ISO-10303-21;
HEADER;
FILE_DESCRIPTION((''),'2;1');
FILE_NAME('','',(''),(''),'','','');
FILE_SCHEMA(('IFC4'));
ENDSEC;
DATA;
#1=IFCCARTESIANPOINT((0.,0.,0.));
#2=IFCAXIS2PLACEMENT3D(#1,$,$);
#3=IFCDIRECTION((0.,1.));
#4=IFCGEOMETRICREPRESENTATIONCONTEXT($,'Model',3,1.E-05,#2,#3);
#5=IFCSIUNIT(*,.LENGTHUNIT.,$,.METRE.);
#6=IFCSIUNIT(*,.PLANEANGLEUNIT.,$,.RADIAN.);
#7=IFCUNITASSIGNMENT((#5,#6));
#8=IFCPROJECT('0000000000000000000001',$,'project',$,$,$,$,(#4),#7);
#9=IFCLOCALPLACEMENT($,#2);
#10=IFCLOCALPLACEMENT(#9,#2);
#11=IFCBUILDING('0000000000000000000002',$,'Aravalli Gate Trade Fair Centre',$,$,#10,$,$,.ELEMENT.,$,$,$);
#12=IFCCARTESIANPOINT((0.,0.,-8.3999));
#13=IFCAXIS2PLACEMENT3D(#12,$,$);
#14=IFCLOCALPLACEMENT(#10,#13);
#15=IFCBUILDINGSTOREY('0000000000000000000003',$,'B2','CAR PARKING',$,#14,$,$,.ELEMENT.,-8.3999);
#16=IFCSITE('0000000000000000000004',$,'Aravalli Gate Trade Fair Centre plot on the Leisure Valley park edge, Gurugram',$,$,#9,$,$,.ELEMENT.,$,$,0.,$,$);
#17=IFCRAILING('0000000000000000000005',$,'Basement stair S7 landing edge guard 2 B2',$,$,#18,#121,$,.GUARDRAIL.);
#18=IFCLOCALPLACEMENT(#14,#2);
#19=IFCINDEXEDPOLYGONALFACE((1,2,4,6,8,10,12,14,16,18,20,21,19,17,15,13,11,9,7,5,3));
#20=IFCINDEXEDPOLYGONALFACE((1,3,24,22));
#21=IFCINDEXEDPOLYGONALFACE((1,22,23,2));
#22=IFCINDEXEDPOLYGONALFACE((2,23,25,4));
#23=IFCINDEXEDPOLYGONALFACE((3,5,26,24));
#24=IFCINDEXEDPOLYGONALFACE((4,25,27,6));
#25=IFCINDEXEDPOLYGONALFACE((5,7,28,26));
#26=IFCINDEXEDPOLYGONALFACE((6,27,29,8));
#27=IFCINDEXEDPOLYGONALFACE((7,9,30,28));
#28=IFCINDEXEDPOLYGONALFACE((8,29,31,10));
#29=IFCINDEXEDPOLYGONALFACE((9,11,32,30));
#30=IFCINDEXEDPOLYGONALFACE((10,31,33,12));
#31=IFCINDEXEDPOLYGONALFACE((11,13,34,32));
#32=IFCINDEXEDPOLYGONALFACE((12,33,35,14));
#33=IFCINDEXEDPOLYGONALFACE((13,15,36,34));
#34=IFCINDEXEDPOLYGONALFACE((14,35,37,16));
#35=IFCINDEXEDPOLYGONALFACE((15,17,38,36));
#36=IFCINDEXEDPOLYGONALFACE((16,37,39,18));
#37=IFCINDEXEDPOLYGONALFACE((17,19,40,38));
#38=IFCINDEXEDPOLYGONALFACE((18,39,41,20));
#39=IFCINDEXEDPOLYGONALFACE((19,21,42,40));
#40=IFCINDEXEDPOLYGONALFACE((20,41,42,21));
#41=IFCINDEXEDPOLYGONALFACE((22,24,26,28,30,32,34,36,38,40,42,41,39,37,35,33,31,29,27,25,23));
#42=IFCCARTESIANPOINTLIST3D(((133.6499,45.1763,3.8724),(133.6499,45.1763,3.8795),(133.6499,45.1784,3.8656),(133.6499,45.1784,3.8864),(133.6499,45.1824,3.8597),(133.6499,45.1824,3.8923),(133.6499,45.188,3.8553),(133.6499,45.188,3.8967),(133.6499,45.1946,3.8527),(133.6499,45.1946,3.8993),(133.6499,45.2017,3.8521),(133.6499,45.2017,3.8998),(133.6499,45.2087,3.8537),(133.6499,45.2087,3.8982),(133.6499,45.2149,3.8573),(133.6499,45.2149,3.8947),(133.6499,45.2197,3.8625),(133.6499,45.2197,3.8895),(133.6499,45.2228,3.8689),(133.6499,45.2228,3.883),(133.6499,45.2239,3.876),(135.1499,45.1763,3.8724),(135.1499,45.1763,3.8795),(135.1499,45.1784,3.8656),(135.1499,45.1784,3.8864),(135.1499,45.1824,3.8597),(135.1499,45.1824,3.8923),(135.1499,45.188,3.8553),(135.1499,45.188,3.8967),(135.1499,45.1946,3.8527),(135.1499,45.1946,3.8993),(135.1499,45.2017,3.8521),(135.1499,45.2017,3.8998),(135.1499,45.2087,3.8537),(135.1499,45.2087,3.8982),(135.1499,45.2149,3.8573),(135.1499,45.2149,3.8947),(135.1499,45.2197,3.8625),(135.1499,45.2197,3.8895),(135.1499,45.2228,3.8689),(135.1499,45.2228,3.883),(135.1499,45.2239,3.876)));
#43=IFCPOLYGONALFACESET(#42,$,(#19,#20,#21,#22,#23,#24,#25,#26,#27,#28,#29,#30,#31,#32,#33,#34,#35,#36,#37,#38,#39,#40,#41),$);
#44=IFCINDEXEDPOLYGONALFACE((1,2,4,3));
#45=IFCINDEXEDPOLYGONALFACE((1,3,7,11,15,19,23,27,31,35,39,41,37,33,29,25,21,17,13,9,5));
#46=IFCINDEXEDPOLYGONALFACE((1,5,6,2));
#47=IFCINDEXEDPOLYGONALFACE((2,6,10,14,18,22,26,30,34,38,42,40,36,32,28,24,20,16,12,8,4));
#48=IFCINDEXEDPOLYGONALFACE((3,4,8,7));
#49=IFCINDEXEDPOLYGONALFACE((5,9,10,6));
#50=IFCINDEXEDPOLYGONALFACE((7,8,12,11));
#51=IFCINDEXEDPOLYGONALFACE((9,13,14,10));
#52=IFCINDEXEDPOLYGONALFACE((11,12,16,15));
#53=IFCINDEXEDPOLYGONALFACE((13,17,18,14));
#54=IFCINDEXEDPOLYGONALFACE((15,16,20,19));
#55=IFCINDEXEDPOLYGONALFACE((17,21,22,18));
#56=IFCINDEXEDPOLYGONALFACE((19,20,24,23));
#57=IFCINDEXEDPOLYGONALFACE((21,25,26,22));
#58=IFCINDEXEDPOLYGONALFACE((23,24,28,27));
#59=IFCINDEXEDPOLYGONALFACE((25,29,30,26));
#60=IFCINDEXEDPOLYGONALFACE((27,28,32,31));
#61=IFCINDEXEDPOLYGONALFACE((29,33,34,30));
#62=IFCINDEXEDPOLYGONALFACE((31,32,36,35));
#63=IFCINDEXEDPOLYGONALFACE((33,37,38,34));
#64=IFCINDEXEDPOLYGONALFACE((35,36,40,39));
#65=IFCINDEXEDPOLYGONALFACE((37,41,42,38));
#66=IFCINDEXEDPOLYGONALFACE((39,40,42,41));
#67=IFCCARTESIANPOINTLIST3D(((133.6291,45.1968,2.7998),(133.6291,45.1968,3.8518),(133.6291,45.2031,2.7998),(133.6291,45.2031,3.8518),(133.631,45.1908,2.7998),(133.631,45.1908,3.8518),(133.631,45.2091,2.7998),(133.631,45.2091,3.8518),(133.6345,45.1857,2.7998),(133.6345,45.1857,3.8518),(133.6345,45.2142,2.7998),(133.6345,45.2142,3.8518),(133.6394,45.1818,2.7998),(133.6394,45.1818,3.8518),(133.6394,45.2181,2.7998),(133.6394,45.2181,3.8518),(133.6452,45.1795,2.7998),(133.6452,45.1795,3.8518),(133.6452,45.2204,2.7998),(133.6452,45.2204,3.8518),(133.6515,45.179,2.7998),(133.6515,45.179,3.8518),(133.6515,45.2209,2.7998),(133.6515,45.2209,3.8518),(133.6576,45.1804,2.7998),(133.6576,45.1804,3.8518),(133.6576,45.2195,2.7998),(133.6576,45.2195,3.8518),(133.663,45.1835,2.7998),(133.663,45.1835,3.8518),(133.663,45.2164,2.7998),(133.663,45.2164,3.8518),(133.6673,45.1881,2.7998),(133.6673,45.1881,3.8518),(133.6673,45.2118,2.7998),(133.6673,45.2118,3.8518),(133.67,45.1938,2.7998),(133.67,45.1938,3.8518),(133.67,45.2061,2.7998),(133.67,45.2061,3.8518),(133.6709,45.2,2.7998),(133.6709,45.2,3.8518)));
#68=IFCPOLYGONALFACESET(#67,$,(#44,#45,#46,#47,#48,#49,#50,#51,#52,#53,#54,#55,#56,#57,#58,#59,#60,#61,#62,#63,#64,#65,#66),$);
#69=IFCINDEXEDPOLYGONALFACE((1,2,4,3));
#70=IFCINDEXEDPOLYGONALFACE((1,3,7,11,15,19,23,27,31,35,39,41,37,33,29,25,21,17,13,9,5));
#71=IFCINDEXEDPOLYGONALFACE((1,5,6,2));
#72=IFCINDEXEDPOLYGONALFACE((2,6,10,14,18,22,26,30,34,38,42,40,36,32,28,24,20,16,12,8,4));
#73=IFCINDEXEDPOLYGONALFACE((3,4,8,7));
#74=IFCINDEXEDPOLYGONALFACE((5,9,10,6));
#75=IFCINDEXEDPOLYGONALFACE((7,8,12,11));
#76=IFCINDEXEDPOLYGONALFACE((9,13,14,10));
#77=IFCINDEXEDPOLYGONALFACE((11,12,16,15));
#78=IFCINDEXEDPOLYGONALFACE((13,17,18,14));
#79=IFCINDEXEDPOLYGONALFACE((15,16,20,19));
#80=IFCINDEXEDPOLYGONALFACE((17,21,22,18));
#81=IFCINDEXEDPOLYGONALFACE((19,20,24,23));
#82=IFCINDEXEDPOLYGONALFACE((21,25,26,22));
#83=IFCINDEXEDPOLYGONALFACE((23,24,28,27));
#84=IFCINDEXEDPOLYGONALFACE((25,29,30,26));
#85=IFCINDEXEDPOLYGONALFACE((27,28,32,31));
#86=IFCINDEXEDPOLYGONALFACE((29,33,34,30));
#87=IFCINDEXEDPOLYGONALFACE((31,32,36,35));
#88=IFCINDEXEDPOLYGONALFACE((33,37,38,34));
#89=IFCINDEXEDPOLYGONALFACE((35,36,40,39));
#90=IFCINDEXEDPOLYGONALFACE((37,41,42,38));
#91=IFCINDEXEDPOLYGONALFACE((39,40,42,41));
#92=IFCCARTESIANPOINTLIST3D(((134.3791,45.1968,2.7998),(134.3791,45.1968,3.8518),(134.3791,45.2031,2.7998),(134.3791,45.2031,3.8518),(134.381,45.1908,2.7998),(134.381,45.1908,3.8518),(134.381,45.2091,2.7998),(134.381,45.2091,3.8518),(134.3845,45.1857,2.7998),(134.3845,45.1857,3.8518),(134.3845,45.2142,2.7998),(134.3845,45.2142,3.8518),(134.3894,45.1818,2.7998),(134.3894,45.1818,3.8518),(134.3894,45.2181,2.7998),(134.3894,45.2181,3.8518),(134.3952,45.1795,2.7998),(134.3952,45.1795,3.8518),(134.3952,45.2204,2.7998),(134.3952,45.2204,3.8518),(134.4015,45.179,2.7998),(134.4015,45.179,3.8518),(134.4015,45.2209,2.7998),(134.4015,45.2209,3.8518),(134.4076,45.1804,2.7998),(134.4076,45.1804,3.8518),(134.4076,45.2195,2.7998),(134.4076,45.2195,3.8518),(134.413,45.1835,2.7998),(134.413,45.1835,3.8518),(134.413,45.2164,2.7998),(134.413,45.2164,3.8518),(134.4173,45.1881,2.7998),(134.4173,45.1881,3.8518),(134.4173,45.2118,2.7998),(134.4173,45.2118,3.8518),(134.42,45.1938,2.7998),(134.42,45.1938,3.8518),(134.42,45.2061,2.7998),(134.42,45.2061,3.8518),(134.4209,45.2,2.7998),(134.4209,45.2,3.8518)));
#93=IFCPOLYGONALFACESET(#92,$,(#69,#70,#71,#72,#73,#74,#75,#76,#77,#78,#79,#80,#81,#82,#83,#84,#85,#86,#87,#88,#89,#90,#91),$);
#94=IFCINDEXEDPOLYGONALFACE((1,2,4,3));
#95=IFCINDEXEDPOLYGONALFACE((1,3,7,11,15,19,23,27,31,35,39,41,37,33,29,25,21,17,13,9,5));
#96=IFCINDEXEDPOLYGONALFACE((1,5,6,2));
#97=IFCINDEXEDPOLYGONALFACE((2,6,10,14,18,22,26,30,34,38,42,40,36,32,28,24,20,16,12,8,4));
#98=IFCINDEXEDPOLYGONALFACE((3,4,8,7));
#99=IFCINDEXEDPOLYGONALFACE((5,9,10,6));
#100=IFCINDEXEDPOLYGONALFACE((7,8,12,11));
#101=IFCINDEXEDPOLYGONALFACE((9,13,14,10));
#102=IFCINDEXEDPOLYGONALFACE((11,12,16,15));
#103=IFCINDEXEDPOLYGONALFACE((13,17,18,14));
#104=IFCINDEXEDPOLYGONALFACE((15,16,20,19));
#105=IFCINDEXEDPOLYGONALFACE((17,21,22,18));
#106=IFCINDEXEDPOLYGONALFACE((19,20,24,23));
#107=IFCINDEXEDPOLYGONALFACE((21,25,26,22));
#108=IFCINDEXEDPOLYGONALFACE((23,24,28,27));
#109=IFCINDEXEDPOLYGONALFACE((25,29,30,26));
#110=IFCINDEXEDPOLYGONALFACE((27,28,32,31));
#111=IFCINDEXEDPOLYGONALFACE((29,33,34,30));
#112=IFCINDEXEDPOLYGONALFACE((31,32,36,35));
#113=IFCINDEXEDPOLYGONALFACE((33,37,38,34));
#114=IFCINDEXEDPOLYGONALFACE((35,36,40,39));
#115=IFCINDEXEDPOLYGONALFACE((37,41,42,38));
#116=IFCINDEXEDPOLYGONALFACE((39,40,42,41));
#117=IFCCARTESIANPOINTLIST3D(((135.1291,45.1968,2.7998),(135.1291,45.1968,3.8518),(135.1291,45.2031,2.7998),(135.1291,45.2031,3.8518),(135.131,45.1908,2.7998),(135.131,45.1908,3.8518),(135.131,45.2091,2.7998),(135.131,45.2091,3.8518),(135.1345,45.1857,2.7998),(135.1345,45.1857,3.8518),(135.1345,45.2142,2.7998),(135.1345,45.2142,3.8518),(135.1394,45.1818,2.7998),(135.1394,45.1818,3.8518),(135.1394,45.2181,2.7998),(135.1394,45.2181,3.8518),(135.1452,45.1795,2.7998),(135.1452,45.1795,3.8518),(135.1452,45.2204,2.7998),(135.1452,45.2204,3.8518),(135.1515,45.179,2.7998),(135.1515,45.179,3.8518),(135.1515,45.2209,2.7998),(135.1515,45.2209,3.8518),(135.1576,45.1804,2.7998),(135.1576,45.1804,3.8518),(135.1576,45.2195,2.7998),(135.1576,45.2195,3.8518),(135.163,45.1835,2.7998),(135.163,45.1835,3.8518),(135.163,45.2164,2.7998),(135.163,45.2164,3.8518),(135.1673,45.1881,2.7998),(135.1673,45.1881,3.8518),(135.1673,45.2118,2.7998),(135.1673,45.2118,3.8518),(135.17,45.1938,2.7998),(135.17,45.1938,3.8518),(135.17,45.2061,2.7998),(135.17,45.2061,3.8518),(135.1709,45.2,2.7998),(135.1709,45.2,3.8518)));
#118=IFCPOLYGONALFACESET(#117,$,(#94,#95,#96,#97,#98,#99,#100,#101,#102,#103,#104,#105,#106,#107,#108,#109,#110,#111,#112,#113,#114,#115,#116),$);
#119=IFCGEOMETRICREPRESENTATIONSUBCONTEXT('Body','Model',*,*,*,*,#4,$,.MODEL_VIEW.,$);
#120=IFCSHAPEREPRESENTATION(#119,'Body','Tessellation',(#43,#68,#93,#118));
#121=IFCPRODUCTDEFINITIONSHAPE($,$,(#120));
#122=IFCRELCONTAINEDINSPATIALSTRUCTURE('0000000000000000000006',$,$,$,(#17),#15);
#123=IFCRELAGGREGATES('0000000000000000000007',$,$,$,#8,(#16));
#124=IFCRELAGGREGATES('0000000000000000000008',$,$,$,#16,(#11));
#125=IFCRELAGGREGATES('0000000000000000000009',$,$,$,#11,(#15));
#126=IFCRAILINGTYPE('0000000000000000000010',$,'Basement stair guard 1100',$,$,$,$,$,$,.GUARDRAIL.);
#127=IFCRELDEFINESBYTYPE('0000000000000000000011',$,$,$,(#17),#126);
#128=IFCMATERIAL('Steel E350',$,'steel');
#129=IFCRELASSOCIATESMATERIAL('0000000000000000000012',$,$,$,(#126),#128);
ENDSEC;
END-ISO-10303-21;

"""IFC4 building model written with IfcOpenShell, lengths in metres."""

from ifc_helpers import new_model, si_unit, direction, frame, origin, origin_2d, place, context, subcontext, project, spatial, circle, extrude, material, type_object, element, save


model = new_model("IFC4")

# Units and contexts
model_context = context("Model", 3, precision=1e-05, world=origin(), true_north=direction((0.0, 1.0)))
body_context = subcontext(model_context, "Body", "Model", "MODEL_VIEW")
ifc_project = project(units=[si_unit("LENGTHUNIT", "METRE"), si_unit("PLANEANGLEUNIT", "RADIAN")], contexts=[model_context])

# Site, building, storey
site_placement = place(None, origin())
site = spatial("IfcSite", under=ifc_project, at=site_placement, Name="Aravalli Gate Trade Fair Centre plot on the Leisure Valley park edge, Gurugram", CompositionType="ELEMENT", RefElevation=0.0)
building_placement = place(site_placement, origin())
building = spatial("IfcBuilding", under=site, at=building_placement, Name="Aravalli Gate Trade Fair Centre", CompositionType="ELEMENT")
storey_placement = place(building_placement, frame((0.0, 0.0, -8.3999)))
storey = spatial("IfcBuildingStorey", under=building, at=storey_placement, Name="B2", Description="CAR PARKING", CompositionType="ELEMENT", Elevation=-8.3999)

# Railing
ifc_material_1 = material(Name="Steel E350", Category="steel")
railing_type = type_object("IfcRailingType", Name="Basement stair guard 1100", PredefinedType="GUARDRAIL", material=ifc_material_1)
railing_1_placement = place(storey_placement, frame((133.6499, 45.2, 2.7998)))
element("IfcRailing", 1, at=railing_1_placement, inside=storey, type_object=railing_type, Name="Basement stair S7 landing edge guard 2 B2", PredefinedType="GUARDRAIL", context=body_context, shape_type="SweptSolid", body=[
    extrude(circle(Radius=0.0239, at=origin_2d()), frame((0.0, 0.0, 1.0762), z_axis=(1.0, 0.0, 0.0), x_axis=(0.0, 1.0, 0.0)), (0.0, 0.0, 1.0), 1.5),
    extrude(circle(Radius=0.021, at=origin_2d()), origin(), (0.0, 0.0, 1.0), 1.052),
    extrude(circle(Radius=0.021, at=origin_2d()), frame((0.75, 0.0, 0.0)), (0.0, 0.0, 1.0), 1.052),
    extrude(circle(Radius=0.021, at=origin_2d()), frame((1.5, 0.0, 0.0)), (0.0, 0.0, 1.0), 1.052),
])

save(model, "model.ifc")
